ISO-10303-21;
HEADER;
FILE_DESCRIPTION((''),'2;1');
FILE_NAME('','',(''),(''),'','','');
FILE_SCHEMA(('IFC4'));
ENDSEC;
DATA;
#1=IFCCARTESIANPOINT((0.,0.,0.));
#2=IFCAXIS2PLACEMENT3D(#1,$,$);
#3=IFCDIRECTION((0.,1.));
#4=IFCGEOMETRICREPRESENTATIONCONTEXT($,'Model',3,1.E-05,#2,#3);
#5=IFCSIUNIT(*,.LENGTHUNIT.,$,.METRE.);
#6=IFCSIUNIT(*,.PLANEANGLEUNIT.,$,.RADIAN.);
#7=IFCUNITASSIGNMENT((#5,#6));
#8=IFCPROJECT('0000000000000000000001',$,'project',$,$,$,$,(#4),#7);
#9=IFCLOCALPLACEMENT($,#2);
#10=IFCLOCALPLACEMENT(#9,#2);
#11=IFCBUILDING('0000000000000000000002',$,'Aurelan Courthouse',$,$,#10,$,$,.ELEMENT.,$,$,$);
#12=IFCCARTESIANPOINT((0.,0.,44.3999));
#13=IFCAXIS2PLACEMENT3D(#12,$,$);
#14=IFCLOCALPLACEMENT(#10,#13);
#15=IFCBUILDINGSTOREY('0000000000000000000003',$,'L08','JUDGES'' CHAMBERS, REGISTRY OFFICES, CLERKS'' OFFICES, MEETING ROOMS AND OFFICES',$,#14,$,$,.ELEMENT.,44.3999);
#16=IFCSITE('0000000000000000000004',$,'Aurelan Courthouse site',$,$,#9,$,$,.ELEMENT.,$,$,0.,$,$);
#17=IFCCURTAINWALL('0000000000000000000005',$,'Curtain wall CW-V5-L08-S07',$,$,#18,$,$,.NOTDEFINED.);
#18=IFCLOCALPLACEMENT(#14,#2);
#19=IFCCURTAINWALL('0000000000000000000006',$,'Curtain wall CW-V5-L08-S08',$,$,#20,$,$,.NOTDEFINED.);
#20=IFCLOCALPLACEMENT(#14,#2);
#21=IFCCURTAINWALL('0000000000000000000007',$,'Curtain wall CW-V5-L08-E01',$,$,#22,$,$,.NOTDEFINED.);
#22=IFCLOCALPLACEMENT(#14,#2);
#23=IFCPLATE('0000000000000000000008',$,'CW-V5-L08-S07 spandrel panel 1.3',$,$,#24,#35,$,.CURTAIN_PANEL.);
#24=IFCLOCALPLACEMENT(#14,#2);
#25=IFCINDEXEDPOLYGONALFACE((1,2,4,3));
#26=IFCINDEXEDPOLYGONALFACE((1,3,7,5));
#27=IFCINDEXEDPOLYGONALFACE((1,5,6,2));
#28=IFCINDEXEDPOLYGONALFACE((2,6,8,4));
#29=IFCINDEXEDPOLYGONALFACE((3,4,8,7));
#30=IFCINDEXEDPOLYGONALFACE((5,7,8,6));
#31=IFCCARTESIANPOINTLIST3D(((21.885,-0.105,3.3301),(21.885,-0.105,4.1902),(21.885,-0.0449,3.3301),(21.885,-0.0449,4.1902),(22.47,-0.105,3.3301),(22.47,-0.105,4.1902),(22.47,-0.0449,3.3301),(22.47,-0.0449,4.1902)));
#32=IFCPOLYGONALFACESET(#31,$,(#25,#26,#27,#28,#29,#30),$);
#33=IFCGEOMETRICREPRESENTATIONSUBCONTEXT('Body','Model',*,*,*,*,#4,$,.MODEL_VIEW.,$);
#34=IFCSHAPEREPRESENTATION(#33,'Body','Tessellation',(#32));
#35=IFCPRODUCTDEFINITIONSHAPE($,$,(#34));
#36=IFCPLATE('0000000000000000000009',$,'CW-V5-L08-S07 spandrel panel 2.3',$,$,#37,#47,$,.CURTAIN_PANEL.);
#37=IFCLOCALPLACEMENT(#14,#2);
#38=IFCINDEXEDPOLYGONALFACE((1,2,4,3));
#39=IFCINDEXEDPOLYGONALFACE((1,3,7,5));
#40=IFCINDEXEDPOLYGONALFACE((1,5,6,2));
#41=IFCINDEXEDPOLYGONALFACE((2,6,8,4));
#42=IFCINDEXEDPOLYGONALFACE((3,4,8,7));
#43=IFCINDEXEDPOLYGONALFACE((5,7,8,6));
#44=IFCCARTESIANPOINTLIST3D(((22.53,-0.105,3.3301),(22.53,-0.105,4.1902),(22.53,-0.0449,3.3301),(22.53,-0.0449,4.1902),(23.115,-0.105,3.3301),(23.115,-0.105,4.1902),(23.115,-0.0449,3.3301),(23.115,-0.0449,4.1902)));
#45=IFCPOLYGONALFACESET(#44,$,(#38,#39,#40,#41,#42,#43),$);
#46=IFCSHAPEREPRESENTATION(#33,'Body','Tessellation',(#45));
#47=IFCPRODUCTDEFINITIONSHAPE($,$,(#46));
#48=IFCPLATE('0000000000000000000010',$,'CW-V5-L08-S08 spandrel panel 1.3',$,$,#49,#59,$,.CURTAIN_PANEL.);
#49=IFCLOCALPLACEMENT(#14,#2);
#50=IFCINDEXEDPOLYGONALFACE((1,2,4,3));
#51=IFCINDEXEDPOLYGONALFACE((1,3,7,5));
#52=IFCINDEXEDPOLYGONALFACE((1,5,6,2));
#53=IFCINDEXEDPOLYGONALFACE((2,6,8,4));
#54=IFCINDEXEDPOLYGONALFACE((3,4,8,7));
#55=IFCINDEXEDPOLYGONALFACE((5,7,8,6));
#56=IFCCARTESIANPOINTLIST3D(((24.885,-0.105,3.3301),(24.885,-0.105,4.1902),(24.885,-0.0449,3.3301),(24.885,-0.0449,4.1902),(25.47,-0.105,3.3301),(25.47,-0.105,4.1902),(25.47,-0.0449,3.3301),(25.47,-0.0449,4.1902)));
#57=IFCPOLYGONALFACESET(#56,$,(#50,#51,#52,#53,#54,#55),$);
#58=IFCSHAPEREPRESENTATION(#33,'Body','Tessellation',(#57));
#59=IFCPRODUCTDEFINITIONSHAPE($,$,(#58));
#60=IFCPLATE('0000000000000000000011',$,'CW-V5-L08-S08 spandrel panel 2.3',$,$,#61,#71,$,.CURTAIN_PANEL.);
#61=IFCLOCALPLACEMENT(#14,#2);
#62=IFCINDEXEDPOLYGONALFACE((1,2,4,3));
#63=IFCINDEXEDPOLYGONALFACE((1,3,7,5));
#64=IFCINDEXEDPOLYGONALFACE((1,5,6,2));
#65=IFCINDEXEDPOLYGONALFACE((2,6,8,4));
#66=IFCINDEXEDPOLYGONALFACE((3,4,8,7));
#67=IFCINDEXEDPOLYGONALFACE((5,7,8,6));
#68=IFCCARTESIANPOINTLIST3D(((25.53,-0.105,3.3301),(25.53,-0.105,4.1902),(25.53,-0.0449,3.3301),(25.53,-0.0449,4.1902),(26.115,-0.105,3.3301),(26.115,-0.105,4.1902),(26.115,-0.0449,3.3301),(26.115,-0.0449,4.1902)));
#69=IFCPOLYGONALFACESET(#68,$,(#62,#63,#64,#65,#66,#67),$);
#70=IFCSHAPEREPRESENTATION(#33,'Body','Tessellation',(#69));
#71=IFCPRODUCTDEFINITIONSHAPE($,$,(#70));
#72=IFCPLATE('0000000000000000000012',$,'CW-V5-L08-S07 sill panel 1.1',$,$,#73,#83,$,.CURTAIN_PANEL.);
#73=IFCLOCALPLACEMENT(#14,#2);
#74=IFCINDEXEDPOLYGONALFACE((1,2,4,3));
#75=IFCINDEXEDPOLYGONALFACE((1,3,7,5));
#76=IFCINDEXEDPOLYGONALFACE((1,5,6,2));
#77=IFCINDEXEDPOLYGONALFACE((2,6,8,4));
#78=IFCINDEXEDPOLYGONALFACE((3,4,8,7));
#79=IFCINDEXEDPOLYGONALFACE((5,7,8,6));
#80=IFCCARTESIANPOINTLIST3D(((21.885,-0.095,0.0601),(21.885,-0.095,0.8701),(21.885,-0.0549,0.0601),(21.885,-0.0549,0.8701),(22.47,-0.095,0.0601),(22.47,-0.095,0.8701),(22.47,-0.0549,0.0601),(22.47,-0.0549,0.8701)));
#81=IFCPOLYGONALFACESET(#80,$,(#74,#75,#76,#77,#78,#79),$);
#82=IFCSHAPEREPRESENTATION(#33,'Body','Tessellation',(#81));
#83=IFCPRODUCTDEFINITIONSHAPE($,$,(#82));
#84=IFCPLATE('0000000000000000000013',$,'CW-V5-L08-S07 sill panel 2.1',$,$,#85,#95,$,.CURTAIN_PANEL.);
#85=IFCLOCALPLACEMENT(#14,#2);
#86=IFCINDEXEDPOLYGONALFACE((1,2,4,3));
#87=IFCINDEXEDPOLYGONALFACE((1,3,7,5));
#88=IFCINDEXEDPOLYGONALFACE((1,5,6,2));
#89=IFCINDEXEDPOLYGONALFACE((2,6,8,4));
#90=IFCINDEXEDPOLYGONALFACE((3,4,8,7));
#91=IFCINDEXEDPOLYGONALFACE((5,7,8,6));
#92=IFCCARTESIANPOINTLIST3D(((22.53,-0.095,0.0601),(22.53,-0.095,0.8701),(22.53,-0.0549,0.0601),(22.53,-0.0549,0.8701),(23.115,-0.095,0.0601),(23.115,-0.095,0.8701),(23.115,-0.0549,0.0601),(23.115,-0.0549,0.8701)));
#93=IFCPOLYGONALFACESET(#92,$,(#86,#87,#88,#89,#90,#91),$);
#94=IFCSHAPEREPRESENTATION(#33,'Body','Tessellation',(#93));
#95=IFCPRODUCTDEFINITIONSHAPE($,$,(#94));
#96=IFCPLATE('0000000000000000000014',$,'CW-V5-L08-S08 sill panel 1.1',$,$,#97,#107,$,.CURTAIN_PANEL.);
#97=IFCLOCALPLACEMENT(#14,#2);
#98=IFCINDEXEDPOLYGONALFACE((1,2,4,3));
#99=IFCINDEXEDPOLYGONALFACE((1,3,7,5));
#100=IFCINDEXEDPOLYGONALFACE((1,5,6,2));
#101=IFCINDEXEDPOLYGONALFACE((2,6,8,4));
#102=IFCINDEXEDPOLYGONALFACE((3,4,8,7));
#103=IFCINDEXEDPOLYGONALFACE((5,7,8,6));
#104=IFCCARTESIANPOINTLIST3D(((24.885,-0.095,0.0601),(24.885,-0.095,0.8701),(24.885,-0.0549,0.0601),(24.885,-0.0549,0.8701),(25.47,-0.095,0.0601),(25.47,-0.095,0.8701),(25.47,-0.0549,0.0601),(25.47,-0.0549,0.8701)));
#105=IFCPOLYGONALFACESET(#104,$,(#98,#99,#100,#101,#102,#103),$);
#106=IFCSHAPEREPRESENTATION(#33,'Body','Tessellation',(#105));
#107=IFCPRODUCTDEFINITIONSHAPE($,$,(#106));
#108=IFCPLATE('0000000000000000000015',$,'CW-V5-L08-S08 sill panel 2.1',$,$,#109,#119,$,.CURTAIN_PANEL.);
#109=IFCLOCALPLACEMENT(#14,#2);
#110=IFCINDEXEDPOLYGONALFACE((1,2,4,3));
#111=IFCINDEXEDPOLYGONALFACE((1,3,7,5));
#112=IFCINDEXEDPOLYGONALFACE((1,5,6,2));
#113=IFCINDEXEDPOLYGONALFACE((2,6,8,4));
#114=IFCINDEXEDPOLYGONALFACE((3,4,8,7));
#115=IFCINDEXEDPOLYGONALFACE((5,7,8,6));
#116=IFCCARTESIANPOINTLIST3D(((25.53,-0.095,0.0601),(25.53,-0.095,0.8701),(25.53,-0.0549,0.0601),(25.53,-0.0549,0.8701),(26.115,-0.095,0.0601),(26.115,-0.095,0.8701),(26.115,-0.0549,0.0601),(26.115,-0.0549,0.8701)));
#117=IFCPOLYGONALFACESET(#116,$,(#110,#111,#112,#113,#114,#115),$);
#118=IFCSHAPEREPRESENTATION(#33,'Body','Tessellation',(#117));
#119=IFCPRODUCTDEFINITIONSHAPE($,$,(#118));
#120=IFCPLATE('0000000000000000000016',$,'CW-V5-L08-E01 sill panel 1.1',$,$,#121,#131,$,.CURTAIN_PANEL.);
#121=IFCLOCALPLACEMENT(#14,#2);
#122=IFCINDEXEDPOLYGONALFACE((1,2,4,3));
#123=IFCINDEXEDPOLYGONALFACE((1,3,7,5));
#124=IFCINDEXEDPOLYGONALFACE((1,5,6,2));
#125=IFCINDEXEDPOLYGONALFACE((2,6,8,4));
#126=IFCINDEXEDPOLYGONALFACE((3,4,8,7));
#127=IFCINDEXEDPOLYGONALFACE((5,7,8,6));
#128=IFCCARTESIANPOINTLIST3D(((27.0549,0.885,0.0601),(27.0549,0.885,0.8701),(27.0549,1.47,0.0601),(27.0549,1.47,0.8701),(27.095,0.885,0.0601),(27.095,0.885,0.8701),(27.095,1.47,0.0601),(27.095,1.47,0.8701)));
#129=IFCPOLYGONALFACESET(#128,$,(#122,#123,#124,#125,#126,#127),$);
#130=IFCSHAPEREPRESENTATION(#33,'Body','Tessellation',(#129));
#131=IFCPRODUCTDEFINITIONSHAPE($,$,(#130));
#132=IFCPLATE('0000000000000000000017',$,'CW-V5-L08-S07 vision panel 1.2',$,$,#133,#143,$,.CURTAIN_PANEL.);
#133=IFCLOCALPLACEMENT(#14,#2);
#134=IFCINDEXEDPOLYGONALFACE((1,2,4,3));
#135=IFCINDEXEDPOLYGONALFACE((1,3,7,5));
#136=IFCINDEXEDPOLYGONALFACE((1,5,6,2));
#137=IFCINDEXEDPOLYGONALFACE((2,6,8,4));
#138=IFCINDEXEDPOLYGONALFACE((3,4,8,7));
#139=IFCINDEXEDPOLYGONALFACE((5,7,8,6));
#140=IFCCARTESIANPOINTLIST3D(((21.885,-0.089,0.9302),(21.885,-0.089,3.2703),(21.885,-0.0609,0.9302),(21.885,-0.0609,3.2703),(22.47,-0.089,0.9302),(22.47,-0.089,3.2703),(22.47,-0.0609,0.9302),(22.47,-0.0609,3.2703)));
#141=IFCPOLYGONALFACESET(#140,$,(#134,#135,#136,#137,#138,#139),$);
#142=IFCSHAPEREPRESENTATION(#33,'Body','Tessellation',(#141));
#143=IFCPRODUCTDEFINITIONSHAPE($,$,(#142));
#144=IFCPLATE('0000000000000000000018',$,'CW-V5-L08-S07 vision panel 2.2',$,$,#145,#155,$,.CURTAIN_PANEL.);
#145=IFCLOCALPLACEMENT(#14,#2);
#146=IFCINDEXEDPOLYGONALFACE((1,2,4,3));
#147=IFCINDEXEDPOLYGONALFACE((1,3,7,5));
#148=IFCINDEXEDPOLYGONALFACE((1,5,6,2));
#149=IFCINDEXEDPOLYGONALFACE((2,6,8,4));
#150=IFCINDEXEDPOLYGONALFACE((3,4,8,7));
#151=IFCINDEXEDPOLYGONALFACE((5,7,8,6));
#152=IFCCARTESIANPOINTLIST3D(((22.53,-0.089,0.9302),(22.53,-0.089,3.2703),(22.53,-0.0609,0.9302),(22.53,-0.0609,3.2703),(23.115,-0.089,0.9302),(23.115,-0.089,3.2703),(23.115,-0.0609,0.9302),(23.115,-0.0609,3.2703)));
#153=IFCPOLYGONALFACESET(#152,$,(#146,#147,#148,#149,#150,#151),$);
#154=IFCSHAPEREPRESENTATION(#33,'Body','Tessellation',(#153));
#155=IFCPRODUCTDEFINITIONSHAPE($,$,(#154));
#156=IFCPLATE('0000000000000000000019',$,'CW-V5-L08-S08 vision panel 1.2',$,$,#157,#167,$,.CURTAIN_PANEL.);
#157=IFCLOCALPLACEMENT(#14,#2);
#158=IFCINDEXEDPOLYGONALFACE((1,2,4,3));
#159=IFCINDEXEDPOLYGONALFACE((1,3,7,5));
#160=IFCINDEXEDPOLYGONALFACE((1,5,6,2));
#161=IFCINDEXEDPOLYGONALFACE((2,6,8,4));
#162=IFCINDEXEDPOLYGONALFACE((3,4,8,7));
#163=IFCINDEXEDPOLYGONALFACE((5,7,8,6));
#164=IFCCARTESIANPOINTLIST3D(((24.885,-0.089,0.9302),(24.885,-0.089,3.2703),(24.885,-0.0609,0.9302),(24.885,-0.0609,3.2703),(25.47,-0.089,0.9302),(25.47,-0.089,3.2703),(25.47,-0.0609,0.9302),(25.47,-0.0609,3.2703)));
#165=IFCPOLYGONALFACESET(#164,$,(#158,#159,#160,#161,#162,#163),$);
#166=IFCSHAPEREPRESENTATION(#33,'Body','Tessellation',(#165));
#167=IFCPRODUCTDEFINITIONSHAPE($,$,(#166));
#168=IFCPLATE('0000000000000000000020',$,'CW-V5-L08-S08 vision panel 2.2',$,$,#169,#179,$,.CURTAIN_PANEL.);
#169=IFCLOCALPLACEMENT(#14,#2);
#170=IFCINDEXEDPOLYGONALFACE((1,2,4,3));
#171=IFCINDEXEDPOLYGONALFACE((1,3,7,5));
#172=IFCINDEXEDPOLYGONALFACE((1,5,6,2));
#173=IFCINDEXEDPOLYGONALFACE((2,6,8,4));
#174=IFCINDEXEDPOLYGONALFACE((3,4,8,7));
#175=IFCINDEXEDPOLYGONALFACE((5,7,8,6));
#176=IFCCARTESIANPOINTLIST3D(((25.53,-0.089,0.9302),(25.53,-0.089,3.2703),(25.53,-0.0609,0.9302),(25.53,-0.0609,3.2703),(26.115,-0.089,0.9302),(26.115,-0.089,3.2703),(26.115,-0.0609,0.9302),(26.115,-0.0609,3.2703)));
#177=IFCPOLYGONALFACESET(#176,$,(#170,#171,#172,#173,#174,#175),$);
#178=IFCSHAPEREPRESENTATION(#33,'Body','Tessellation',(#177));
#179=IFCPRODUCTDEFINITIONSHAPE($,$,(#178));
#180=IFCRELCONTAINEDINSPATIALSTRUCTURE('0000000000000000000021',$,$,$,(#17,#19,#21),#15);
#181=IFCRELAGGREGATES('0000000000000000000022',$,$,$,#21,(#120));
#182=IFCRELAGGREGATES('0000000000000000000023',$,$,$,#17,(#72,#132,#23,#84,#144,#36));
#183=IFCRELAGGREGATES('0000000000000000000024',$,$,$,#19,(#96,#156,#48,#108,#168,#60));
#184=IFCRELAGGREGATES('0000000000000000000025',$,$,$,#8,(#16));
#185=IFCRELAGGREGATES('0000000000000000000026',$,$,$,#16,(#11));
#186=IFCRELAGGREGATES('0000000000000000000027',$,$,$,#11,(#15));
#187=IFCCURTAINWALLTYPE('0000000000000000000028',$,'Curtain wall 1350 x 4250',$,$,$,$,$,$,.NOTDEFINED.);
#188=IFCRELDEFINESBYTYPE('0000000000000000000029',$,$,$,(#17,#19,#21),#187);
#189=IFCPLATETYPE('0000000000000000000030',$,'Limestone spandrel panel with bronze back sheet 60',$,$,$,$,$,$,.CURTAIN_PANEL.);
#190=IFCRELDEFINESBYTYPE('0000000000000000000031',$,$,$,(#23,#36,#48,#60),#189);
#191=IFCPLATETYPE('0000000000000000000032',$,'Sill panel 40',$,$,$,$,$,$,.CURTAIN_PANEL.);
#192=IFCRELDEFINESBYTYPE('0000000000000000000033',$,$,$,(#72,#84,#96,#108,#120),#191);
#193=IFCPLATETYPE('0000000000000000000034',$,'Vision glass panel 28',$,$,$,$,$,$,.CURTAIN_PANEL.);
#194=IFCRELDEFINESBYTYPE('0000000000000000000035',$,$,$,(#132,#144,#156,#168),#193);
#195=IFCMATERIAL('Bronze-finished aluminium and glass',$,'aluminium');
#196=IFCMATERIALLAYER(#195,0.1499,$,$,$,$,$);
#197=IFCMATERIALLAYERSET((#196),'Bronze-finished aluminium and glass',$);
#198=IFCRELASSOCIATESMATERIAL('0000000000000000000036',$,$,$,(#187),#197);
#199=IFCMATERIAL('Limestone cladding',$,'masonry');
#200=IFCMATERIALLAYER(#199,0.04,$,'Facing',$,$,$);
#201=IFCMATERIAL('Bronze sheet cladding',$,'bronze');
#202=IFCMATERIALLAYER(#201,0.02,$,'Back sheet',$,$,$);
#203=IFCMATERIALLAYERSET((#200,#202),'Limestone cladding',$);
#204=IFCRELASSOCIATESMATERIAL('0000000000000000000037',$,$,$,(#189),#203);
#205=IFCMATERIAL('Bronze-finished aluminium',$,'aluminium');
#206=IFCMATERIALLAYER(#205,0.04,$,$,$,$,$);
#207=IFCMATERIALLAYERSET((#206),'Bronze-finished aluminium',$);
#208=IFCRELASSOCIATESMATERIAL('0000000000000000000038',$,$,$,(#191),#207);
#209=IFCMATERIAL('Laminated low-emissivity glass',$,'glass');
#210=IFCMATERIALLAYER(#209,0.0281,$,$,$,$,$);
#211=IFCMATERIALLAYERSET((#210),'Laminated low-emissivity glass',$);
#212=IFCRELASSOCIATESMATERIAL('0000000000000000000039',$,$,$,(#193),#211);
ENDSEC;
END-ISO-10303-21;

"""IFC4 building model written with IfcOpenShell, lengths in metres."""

from ifc_helpers import new_model, si_unit, direction, frame, origin, origin_2d, place, context, subcontext, project, spatial, rectangle, extrude, material, layer, layer_set, type_object, element, aggregate, save


model = new_model("IFC4")

# Units and contexts
model_context = context("Model", 3, precision=1e-05, world=origin(), true_north=direction((0.0, 1.0)))
body_context = subcontext(model_context, "Body", "Model", "MODEL_VIEW")
ifc_project = project(units=[si_unit("LENGTHUNIT", "METRE"), si_unit("PLANEANGLEUNIT", "RADIAN")], contexts=[model_context])

# Site, building, storey
site_placement = place(None, origin())
site = spatial("IfcSite", under=ifc_project, at=site_placement, Name="Aurelan Courthouse site", CompositionType="ELEMENT", RefElevation=0.0)
building_placement = place(site_placement, origin())
building = spatial("IfcBuilding", under=site, at=building_placement, Name="Aurelan Courthouse", CompositionType="ELEMENT")
storey_placement = place(building_placement, frame((0.0, 0.0, 44.3999)))
storey = spatial("IfcBuildingStorey", under=building, at=storey_placement, Name="L08", Description="JUDGES' CHAMBERS, REGISTRY OFFICES, CLERKS' OFFICES, MEETING ROOMS AND OFFICES", CompositionType="ELEMENT", Elevation=44.3999)

# Curtain walls
ifc_material_1 = material(Name="Bronze-finished aluminium and glass", Category="aluminium")
ifc_layer_1 = layer(ifc_material_1, 0.1499)
ifc_layer_set_1 = layer_set([ifc_layer_1], Name="Bronze-finished aluminium and glass")
curtain_wall_type = type_object("IfcCurtainWallType", Name="Curtain wall 1350 x 4250", PredefinedType="NOTDEFINED", material=ifc_layer_set_1)
curtain_wall_1_placement = place(storey_placement, origin())
curtain_wall_1 = element("IfcCurtainWall", 1, at=curtain_wall_1_placement, inside=storey, type_object=curtain_wall_type, Name="Curtain wall CW-V5-L08-S07", PredefinedType="NOTDEFINED")
ifc_material_2 = material(Name="Bronze-finished aluminium", Category="aluminium")
curtain_wall_2_placement = place(storey_placement, origin())
curtain_wall_2 = element("IfcCurtainWall", 2, at=curtain_wall_2_placement, inside=storey, type_object=curtain_wall_type, Name="Curtain wall CW-V5-L08-S08", PredefinedType="NOTDEFINED")
curtain_wall_3_placement = place(storey_placement, origin())
curtain_wall_3 = element("IfcCurtainWall", 3, at=curtain_wall_3_placement, inside=storey, type_object=curtain_wall_type, Name="Curtain wall CW-V5-L08-E01", PredefinedType="NOTDEFINED")

# Plates
ifc_material_3 = material(Name="Limestone cladding", Category="masonry")
ifc_layer_2 = layer(ifc_material_3, 0.04, Name="Facing")
ifc_material_4 = material(Name="Bronze sheet cladding", Category="bronze")
ifc_layer_3 = layer(ifc_material_4, 0.02, Name="Back sheet")
ifc_layer_set_2 = layer_set([ifc_layer_2, ifc_layer_3], Name="Limestone cladding")
plate_type_1 = type_object("IfcPlateType", Name="Limestone spandrel panel with bronze back sheet 60", PredefinedType="CURTAIN_PANEL", material=ifc_layer_set_2)
plate_1_placement = place(storey_placement, frame((22.1775, -0.075, 3.3301), z_axis=(0.0, 0.0, 1.0), x_axis=(1.0, 0.0, 0.0)))
plate_1 = element("IfcPlate", 4, at=plate_1_placement, type_object=plate_type_1, Name="CW-V5-L08-S07 spandrel panel 1.3", PredefinedType="CURTAIN_PANEL", context=body_context, shape_type="SweptSolid", body=[
    extrude(rectangle(XDim=0.585, YDim=0.0601, at=origin_2d()), origin(), (0.0, 0.0, 1.0), 0.8601),
])
plate_2_placement = place(storey_placement, frame((22.8225, -0.075, 3.3301), z_axis=(0.0, 0.0, 1.0), x_axis=(1.0, 0.0, 0.0)))
plate_2 = element("IfcPlate", 5, at=plate_2_placement, type_object=plate_type_1, Name="CW-V5-L08-S07 spandrel panel 2.3", PredefinedType="CURTAIN_PANEL", context=body_context, shape_type="SweptSolid", body=[
    extrude(rectangle(XDim=0.585, YDim=0.0601, at=origin_2d()), origin(), (0.0, 0.0, 1.0), 0.8601),
])
plate_3_placement = place(storey_placement, frame((25.1775, -0.075, 3.3301), z_axis=(0.0, 0.0, 1.0), x_axis=(1.0, 0.0, 0.0)))
plate_3 = element("IfcPlate", 6, at=plate_3_placement, type_object=plate_type_1, Name="CW-V5-L08-S08 spandrel panel 1.3", PredefinedType="CURTAIN_PANEL", context=body_context, shape_type="SweptSolid", body=[
    extrude(rectangle(XDim=0.585, YDim=0.0601, at=origin_2d()), origin(), (0.0, 0.0, 1.0), 0.8601),
])
plate_4_placement = place(storey_placement, frame((25.8225, -0.075, 3.3301), z_axis=(0.0, 0.0, 1.0), x_axis=(1.0, 0.0, 0.0)))
plate_4 = element("IfcPlate", 7, at=plate_4_placement, type_object=plate_type_1, Name="CW-V5-L08-S08 spandrel panel 2.3", PredefinedType="CURTAIN_PANEL", context=body_context, shape_type="SweptSolid", body=[
    extrude(rectangle(XDim=0.585, YDim=0.0601, at=origin_2d()), origin(), (0.0, 0.0, 1.0), 0.8601),
])
ifc_layer_4 = layer(ifc_material_2, 0.04)
ifc_layer_set_3 = layer_set([ifc_layer_4], Name="Bronze-finished aluminium")
plate_type_2 = type_object("IfcPlateType", Name="Sill panel 40", PredefinedType="CURTAIN_PANEL", material=ifc_layer_set_3)
plate_5_placement = place(storey_placement, frame((22.1775, -0.075, 0.0601), z_axis=(0.0, 0.0, 1.0), x_axis=(1.0, 0.0, 0.0)))
plate_5 = element("IfcPlate", 8, at=plate_5_placement, type_object=plate_type_2, Name="CW-V5-L08-S07 sill panel 1.1", PredefinedType="CURTAIN_PANEL", context=body_context, shape_type="SweptSolid", body=[
    extrude(rectangle(XDim=0.585, YDim=0.04, at=origin_2d()), origin(), (0.0, 0.0, 1.0), 0.8101),
])
plate_6_placement = place(storey_placement, frame((22.8225, -0.075, 0.0601), z_axis=(0.0, 0.0, 1.0), x_axis=(1.0, 0.0, 0.0)))
plate_6 = element("IfcPlate", 9, at=plate_6_placement, type_object=plate_type_2, Name="CW-V5-L08-S07 sill panel 2.1", PredefinedType="CURTAIN_PANEL", context=body_context, shape_type="SweptSolid", body=[
    extrude(rectangle(XDim=0.585, YDim=0.04, at=origin_2d()), origin(), (0.0, 0.0, 1.0), 0.8101),
])
plate_7_placement = place(storey_placement, frame((25.1775, -0.075, 0.0601), z_axis=(0.0, 0.0, 1.0), x_axis=(1.0, 0.0, 0.0)))
plate_7 = element("IfcPlate", 10, at=plate_7_placement, type_object=plate_type_2, Name="CW-V5-L08-S08 sill panel 1.1", PredefinedType="CURTAIN_PANEL", context=body_context, shape_type="SweptSolid", body=[
    extrude(rectangle(XDim=0.585, YDim=0.04, at=origin_2d()), origin(), (0.0, 0.0, 1.0), 0.8101),
])
plate_8_placement = place(storey_placement, frame((25.8225, -0.075, 0.0601), z_axis=(0.0, 0.0, 1.0), x_axis=(1.0, 0.0, 0.0)))
plate_8 = element("IfcPlate", 11, at=plate_8_placement, type_object=plate_type_2, Name="CW-V5-L08-S08 sill panel 2.1", PredefinedType="CURTAIN_PANEL", context=body_context, shape_type="SweptSolid", body=[
    extrude(rectangle(XDim=0.585, YDim=0.04, at=origin_2d()), origin(), (0.0, 0.0, 1.0), 0.8101),
])
plate_9_placement = place(storey_placement, frame((27.075, 1.1775, 0.0601), z_axis=(0.0, 0.0, 1.0), x_axis=(0.0, 1.0, 0.0)))
plate_9 = element("IfcPlate", 12, at=plate_9_placement, type_object=plate_type_2, Name="CW-V5-L08-E01 sill panel 1.1", PredefinedType="CURTAIN_PANEL", context=body_context, shape_type="SweptSolid", body=[
    extrude(rectangle(XDim=0.585, YDim=0.04, at=origin_2d()), origin(), (0.0, 0.0, 1.0), 0.8101),
])
aggregate(curtain_wall_3, [plate_9])
ifc_material_5 = material(Name="Laminated low-emissivity glass", Category="glass")
ifc_layer_5 = layer(ifc_material_5, 0.0281)
ifc_layer_set_4 = layer_set([ifc_layer_5], Name="Laminated low-emissivity glass")
plate_type_3 = type_object("IfcPlateType", Name="Vision glass panel 28", PredefinedType="CURTAIN_PANEL", material=ifc_layer_set_4)
plate_10_placement = place(storey_placement, frame((22.1775, -0.075, 0.9302), z_axis=(0.0, 0.0, 1.0), x_axis=(1.0, 0.0, 0.0)))
plate_10 = element("IfcPlate", 13, at=plate_10_placement, type_object=plate_type_3, Name="CW-V5-L08-S07 vision panel 1.2", PredefinedType="CURTAIN_PANEL", context=body_context, shape_type="SweptSolid", body=[
    extrude(rectangle(XDim=0.585, YDim=0.0281, at=origin_2d()), origin(), (0.0, 0.0, 1.0), 2.3401),
])
plate_11_placement = place(storey_placement, frame((22.8225, -0.075, 0.9302), z_axis=(0.0, 0.0, 1.0), x_axis=(1.0, 0.0, 0.0)))
plate_11 = element("IfcPlate", 14, at=plate_11_placement, type_object=plate_type_3, Name="CW-V5-L08-S07 vision panel 2.2", PredefinedType="CURTAIN_PANEL", context=body_context, shape_type="SweptSolid", body=[
    extrude(rectangle(XDim=0.585, YDim=0.0281, at=origin_2d()), origin(), (0.0, 0.0, 1.0), 2.3401),
])
aggregate(curtain_wall_1, [plate_5, plate_10, plate_1, plate_6, plate_11, plate_2])
plate_12_placement = place(storey_placement, frame((25.1775, -0.075, 0.9302), z_axis=(0.0, 0.0, 1.0), x_axis=(1.0, 0.0, 0.0)))
plate_12 = element("IfcPlate", 15, at=plate_12_placement, type_object=plate_type_3, Name="CW-V5-L08-S08 vision panel 1.2", PredefinedType="CURTAIN_PANEL", context=body_context, shape_type="SweptSolid", body=[
    extrude(rectangle(XDim=0.585, YDim=0.0281, at=origin_2d()), origin(), (0.0, 0.0, 1.0), 2.3401),
])
plate_13_placement = place(storey_placement, frame((25.8225, -0.075, 0.9302), z_axis=(0.0, 0.0, 1.0), x_axis=(1.0, 0.0, 0.0)))
plate_13 = element("IfcPlate", 16, at=plate_13_placement, type_object=plate_type_3, Name="CW-V5-L08-S08 vision panel 2.2", PredefinedType="CURTAIN_PANEL", context=body_context, shape_type="SweptSolid", body=[
    extrude(rectangle(XDim=0.585, YDim=0.0281, at=origin_2d()), origin(), (0.0, 0.0, 1.0), 2.3401),
])
aggregate(curtain_wall_2, [plate_7, plate_12, plate_3, plate_8, plate_13, plate_4])

save(model, "model.ifc")
